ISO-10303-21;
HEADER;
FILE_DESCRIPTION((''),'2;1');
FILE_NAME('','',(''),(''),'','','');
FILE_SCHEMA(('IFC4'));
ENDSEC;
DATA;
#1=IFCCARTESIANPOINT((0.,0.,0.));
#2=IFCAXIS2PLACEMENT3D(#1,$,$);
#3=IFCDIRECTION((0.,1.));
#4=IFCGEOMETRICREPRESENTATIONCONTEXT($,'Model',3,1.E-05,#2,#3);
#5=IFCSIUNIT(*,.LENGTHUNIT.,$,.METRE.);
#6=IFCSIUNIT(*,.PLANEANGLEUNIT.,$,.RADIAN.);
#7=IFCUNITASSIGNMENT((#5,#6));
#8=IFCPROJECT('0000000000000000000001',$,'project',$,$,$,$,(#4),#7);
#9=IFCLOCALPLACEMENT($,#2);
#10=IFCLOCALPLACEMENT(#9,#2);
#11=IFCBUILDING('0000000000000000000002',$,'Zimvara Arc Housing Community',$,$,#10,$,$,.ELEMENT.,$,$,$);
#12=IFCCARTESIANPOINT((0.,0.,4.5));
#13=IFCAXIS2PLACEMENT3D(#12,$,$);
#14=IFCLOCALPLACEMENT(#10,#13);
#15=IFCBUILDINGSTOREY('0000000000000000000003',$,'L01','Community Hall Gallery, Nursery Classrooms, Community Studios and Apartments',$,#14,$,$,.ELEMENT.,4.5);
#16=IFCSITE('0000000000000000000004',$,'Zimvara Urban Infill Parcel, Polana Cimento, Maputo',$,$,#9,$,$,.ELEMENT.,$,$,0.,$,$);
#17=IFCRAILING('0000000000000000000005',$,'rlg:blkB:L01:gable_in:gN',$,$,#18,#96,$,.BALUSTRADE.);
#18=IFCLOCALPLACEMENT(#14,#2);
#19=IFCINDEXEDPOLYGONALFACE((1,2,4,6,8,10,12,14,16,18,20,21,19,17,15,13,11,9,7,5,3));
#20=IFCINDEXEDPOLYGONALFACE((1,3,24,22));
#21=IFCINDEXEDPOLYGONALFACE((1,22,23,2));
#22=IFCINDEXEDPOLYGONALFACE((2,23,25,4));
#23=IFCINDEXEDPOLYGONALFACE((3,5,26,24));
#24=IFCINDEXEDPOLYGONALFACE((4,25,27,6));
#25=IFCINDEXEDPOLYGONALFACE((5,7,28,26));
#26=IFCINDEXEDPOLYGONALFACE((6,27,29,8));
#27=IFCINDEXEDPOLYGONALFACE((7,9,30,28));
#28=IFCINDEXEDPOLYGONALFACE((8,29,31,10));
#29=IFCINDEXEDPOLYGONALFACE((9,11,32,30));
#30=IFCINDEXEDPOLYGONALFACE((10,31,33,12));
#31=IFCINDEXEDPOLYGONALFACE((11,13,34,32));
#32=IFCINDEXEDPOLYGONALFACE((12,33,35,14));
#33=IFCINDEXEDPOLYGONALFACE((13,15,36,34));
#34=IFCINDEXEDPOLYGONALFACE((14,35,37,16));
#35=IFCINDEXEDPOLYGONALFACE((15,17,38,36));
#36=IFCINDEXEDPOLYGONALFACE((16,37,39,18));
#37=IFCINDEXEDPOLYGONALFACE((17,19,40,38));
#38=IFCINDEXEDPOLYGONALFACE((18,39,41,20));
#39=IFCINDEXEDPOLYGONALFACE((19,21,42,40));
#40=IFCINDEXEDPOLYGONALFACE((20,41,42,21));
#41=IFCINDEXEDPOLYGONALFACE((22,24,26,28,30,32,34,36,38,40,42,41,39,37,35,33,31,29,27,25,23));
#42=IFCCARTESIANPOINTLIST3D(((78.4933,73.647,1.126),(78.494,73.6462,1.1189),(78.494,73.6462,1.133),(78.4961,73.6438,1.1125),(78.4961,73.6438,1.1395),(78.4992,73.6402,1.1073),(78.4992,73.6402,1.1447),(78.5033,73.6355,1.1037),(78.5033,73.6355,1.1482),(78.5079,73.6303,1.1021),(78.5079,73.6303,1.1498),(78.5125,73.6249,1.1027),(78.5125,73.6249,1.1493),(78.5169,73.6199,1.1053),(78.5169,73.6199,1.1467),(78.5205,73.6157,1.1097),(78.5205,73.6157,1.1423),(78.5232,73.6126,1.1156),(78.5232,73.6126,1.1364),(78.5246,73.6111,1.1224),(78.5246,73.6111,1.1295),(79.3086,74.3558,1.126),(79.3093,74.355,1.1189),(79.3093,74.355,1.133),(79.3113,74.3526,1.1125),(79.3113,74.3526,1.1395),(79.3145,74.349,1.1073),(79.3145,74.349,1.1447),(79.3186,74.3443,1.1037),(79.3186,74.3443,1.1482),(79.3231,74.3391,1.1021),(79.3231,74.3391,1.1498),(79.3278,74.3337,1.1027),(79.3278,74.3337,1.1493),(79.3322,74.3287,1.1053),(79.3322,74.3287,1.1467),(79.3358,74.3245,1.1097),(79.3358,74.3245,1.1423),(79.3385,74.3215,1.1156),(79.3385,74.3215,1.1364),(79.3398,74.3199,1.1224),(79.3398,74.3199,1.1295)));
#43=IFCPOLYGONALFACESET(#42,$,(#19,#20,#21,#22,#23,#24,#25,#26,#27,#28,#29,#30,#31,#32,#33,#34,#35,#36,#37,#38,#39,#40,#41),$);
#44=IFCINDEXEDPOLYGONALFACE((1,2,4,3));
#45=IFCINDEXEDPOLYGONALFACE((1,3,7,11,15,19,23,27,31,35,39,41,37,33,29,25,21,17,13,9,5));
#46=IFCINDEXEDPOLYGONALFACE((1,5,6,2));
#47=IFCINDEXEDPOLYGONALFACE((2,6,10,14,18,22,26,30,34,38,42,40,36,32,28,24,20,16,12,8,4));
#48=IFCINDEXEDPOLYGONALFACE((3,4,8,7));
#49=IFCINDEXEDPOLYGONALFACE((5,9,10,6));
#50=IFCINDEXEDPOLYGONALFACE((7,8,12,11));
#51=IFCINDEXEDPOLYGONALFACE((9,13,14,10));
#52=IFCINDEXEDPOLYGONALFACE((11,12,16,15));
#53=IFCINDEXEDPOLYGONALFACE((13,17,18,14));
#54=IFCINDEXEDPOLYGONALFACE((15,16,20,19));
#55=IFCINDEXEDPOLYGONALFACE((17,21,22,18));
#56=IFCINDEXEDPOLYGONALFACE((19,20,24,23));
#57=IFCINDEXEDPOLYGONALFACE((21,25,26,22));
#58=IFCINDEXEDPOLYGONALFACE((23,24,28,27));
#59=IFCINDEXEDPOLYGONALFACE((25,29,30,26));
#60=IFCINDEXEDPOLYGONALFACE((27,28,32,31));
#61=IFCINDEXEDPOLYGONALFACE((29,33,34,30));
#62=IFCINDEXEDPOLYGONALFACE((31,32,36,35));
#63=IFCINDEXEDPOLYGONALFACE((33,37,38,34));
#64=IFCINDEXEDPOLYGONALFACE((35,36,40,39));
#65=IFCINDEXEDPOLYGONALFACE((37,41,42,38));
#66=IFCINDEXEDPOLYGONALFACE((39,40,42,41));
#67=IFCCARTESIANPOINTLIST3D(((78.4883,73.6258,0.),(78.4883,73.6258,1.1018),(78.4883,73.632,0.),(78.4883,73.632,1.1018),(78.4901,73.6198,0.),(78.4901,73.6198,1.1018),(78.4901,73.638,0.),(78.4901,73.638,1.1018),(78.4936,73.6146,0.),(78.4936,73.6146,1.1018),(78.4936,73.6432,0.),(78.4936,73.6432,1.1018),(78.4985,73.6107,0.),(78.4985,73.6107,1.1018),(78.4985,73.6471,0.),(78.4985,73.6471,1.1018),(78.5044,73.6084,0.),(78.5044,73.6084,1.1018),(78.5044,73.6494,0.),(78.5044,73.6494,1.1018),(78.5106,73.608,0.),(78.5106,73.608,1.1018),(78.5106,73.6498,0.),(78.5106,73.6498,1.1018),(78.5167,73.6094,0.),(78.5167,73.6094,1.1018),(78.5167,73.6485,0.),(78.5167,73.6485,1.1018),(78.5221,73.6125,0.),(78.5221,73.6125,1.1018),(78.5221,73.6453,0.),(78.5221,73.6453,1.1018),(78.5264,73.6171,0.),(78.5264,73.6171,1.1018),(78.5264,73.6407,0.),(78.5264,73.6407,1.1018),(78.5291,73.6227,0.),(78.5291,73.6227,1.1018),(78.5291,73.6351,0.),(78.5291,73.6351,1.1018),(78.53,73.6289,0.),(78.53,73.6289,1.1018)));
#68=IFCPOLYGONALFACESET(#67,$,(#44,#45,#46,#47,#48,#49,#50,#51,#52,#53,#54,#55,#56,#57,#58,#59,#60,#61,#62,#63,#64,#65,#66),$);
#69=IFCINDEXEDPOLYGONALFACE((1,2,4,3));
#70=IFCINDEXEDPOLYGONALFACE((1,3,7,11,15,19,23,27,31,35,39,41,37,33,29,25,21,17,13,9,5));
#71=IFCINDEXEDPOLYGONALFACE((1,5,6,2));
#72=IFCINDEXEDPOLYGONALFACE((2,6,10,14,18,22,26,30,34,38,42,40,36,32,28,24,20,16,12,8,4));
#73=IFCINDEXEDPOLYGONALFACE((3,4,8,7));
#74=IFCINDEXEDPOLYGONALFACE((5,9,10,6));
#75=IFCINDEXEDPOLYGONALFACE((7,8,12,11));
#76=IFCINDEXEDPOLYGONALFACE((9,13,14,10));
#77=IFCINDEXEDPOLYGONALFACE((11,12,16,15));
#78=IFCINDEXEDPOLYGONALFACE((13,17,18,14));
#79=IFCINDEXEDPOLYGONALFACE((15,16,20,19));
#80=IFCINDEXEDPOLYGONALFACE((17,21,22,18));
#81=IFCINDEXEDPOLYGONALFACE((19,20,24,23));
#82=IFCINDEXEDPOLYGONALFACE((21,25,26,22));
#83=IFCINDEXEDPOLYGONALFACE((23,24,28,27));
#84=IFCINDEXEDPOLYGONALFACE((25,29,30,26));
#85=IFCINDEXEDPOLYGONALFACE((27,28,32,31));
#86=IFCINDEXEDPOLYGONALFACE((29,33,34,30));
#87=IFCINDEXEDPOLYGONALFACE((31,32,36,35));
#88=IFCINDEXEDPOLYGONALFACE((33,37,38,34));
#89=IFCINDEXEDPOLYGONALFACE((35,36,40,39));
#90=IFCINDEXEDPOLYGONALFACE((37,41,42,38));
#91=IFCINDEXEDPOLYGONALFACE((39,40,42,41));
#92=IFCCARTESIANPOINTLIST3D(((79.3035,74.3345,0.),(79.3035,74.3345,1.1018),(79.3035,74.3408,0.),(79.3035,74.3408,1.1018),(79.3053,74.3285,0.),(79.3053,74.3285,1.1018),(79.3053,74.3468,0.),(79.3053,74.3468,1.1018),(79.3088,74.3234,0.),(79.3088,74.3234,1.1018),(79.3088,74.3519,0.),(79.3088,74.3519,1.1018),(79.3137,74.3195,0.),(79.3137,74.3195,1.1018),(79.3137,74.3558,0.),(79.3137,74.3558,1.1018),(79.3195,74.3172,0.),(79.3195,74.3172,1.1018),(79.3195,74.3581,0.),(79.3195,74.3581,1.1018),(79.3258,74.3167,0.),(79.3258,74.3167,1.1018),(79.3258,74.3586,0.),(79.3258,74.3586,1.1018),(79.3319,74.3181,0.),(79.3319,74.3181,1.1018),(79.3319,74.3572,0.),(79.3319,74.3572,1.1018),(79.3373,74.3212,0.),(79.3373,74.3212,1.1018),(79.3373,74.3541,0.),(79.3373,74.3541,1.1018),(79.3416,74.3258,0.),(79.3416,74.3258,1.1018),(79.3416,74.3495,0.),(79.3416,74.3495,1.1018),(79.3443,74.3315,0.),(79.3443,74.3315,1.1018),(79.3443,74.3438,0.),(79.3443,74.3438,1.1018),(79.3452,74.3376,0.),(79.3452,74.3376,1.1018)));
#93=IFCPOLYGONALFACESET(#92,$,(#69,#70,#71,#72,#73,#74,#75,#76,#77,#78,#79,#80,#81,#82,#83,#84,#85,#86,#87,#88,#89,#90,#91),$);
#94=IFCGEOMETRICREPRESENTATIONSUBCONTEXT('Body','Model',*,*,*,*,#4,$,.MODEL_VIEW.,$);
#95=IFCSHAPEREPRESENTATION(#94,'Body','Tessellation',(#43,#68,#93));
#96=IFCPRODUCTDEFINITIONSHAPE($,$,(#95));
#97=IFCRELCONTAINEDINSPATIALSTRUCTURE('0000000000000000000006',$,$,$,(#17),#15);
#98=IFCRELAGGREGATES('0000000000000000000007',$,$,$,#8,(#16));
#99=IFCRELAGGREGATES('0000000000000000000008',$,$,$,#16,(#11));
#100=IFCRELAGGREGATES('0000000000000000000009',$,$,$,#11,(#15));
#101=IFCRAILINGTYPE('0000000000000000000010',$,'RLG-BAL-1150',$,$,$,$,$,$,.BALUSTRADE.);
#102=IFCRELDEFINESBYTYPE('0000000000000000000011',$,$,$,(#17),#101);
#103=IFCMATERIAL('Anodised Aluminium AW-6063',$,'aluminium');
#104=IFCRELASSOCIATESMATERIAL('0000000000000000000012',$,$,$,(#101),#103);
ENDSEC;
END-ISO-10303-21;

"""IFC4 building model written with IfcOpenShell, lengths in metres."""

from ifc_helpers import new_model, si_unit, direction, frame, origin, origin_2d, place, context, subcontext, project, spatial, circle, extrude, material, type_object, element, save


model = new_model("IFC4")

# Units and contexts
model_context = context("Model", 3, precision=1e-05, world=origin(), true_north=direction((0.0, 1.0)))
body_context = subcontext(model_context, "Body", "Model", "MODEL_VIEW")
ifc_project = project(units=[si_unit("LENGTHUNIT", "METRE"), si_unit("PLANEANGLEUNIT", "RADIAN")], contexts=[model_context])

# Site, building, storey
site_placement = place(None, origin())
site = spatial("IfcSite", under=ifc_project, at=site_placement, Name="Zimvara Urban Infill Parcel, Polana Cimento, Maputo", CompositionType="ELEMENT", RefElevation=0.0)
building_placement = place(site_placement, origin())
building = spatial("IfcBuilding", under=site, at=building_placement, Name="Zimvara Arc Housing Community", CompositionType="ELEMENT")
storey_placement = place(building_placement, frame((0.0, 0.0, 4.5)))
storey = spatial("IfcBuildingStorey", under=building, at=storey_placement, Name="L01", Description="Community Hall Gallery, Nursery Classrooms, Community Studios and Apartments", CompositionType="ELEMENT", Elevation=4.5)

# Railing
ifc_material_1 = material(Name="Anodised Aluminium AW-6063", Category="aluminium")
railing_type = type_object("IfcRailingType", Name="RLG-BAL-1150", PredefinedType="BALUSTRADE", material=ifc_material_1)
railing_placement = place(storey_placement, frame((78.509, 73.6289, 0.0)))
element("IfcRailing", 1, at=railing_placement, inside=storey, type_object=railing_type, Name="rlg:blkB:L01:gable_in:gN", PredefinedType="BALUSTRADE", context=body_context, shape_type="SweptSolid", body=[
    extrude(circle(Radius=0.0239, at=origin_2d()), frame((0.0, 0.0, 1.126), z_axis=(0.754659, 0.656117, 0.0), x_axis=(-0.656117, 0.754659, 0.0)), (0.0, 0.0, 1.0), 1.0803),
    extrude(circle(Radius=0.021, at=origin_2d()), origin(), (0.0, 0.0, 1.0), 1.1018),
    extrude(circle(Radius=0.021, at=origin_2d()), frame((0.8152, 0.7087, 0.0)), (0.0, 0.0, 1.0), 1.1018),
])

save(model, "model.ifc")
